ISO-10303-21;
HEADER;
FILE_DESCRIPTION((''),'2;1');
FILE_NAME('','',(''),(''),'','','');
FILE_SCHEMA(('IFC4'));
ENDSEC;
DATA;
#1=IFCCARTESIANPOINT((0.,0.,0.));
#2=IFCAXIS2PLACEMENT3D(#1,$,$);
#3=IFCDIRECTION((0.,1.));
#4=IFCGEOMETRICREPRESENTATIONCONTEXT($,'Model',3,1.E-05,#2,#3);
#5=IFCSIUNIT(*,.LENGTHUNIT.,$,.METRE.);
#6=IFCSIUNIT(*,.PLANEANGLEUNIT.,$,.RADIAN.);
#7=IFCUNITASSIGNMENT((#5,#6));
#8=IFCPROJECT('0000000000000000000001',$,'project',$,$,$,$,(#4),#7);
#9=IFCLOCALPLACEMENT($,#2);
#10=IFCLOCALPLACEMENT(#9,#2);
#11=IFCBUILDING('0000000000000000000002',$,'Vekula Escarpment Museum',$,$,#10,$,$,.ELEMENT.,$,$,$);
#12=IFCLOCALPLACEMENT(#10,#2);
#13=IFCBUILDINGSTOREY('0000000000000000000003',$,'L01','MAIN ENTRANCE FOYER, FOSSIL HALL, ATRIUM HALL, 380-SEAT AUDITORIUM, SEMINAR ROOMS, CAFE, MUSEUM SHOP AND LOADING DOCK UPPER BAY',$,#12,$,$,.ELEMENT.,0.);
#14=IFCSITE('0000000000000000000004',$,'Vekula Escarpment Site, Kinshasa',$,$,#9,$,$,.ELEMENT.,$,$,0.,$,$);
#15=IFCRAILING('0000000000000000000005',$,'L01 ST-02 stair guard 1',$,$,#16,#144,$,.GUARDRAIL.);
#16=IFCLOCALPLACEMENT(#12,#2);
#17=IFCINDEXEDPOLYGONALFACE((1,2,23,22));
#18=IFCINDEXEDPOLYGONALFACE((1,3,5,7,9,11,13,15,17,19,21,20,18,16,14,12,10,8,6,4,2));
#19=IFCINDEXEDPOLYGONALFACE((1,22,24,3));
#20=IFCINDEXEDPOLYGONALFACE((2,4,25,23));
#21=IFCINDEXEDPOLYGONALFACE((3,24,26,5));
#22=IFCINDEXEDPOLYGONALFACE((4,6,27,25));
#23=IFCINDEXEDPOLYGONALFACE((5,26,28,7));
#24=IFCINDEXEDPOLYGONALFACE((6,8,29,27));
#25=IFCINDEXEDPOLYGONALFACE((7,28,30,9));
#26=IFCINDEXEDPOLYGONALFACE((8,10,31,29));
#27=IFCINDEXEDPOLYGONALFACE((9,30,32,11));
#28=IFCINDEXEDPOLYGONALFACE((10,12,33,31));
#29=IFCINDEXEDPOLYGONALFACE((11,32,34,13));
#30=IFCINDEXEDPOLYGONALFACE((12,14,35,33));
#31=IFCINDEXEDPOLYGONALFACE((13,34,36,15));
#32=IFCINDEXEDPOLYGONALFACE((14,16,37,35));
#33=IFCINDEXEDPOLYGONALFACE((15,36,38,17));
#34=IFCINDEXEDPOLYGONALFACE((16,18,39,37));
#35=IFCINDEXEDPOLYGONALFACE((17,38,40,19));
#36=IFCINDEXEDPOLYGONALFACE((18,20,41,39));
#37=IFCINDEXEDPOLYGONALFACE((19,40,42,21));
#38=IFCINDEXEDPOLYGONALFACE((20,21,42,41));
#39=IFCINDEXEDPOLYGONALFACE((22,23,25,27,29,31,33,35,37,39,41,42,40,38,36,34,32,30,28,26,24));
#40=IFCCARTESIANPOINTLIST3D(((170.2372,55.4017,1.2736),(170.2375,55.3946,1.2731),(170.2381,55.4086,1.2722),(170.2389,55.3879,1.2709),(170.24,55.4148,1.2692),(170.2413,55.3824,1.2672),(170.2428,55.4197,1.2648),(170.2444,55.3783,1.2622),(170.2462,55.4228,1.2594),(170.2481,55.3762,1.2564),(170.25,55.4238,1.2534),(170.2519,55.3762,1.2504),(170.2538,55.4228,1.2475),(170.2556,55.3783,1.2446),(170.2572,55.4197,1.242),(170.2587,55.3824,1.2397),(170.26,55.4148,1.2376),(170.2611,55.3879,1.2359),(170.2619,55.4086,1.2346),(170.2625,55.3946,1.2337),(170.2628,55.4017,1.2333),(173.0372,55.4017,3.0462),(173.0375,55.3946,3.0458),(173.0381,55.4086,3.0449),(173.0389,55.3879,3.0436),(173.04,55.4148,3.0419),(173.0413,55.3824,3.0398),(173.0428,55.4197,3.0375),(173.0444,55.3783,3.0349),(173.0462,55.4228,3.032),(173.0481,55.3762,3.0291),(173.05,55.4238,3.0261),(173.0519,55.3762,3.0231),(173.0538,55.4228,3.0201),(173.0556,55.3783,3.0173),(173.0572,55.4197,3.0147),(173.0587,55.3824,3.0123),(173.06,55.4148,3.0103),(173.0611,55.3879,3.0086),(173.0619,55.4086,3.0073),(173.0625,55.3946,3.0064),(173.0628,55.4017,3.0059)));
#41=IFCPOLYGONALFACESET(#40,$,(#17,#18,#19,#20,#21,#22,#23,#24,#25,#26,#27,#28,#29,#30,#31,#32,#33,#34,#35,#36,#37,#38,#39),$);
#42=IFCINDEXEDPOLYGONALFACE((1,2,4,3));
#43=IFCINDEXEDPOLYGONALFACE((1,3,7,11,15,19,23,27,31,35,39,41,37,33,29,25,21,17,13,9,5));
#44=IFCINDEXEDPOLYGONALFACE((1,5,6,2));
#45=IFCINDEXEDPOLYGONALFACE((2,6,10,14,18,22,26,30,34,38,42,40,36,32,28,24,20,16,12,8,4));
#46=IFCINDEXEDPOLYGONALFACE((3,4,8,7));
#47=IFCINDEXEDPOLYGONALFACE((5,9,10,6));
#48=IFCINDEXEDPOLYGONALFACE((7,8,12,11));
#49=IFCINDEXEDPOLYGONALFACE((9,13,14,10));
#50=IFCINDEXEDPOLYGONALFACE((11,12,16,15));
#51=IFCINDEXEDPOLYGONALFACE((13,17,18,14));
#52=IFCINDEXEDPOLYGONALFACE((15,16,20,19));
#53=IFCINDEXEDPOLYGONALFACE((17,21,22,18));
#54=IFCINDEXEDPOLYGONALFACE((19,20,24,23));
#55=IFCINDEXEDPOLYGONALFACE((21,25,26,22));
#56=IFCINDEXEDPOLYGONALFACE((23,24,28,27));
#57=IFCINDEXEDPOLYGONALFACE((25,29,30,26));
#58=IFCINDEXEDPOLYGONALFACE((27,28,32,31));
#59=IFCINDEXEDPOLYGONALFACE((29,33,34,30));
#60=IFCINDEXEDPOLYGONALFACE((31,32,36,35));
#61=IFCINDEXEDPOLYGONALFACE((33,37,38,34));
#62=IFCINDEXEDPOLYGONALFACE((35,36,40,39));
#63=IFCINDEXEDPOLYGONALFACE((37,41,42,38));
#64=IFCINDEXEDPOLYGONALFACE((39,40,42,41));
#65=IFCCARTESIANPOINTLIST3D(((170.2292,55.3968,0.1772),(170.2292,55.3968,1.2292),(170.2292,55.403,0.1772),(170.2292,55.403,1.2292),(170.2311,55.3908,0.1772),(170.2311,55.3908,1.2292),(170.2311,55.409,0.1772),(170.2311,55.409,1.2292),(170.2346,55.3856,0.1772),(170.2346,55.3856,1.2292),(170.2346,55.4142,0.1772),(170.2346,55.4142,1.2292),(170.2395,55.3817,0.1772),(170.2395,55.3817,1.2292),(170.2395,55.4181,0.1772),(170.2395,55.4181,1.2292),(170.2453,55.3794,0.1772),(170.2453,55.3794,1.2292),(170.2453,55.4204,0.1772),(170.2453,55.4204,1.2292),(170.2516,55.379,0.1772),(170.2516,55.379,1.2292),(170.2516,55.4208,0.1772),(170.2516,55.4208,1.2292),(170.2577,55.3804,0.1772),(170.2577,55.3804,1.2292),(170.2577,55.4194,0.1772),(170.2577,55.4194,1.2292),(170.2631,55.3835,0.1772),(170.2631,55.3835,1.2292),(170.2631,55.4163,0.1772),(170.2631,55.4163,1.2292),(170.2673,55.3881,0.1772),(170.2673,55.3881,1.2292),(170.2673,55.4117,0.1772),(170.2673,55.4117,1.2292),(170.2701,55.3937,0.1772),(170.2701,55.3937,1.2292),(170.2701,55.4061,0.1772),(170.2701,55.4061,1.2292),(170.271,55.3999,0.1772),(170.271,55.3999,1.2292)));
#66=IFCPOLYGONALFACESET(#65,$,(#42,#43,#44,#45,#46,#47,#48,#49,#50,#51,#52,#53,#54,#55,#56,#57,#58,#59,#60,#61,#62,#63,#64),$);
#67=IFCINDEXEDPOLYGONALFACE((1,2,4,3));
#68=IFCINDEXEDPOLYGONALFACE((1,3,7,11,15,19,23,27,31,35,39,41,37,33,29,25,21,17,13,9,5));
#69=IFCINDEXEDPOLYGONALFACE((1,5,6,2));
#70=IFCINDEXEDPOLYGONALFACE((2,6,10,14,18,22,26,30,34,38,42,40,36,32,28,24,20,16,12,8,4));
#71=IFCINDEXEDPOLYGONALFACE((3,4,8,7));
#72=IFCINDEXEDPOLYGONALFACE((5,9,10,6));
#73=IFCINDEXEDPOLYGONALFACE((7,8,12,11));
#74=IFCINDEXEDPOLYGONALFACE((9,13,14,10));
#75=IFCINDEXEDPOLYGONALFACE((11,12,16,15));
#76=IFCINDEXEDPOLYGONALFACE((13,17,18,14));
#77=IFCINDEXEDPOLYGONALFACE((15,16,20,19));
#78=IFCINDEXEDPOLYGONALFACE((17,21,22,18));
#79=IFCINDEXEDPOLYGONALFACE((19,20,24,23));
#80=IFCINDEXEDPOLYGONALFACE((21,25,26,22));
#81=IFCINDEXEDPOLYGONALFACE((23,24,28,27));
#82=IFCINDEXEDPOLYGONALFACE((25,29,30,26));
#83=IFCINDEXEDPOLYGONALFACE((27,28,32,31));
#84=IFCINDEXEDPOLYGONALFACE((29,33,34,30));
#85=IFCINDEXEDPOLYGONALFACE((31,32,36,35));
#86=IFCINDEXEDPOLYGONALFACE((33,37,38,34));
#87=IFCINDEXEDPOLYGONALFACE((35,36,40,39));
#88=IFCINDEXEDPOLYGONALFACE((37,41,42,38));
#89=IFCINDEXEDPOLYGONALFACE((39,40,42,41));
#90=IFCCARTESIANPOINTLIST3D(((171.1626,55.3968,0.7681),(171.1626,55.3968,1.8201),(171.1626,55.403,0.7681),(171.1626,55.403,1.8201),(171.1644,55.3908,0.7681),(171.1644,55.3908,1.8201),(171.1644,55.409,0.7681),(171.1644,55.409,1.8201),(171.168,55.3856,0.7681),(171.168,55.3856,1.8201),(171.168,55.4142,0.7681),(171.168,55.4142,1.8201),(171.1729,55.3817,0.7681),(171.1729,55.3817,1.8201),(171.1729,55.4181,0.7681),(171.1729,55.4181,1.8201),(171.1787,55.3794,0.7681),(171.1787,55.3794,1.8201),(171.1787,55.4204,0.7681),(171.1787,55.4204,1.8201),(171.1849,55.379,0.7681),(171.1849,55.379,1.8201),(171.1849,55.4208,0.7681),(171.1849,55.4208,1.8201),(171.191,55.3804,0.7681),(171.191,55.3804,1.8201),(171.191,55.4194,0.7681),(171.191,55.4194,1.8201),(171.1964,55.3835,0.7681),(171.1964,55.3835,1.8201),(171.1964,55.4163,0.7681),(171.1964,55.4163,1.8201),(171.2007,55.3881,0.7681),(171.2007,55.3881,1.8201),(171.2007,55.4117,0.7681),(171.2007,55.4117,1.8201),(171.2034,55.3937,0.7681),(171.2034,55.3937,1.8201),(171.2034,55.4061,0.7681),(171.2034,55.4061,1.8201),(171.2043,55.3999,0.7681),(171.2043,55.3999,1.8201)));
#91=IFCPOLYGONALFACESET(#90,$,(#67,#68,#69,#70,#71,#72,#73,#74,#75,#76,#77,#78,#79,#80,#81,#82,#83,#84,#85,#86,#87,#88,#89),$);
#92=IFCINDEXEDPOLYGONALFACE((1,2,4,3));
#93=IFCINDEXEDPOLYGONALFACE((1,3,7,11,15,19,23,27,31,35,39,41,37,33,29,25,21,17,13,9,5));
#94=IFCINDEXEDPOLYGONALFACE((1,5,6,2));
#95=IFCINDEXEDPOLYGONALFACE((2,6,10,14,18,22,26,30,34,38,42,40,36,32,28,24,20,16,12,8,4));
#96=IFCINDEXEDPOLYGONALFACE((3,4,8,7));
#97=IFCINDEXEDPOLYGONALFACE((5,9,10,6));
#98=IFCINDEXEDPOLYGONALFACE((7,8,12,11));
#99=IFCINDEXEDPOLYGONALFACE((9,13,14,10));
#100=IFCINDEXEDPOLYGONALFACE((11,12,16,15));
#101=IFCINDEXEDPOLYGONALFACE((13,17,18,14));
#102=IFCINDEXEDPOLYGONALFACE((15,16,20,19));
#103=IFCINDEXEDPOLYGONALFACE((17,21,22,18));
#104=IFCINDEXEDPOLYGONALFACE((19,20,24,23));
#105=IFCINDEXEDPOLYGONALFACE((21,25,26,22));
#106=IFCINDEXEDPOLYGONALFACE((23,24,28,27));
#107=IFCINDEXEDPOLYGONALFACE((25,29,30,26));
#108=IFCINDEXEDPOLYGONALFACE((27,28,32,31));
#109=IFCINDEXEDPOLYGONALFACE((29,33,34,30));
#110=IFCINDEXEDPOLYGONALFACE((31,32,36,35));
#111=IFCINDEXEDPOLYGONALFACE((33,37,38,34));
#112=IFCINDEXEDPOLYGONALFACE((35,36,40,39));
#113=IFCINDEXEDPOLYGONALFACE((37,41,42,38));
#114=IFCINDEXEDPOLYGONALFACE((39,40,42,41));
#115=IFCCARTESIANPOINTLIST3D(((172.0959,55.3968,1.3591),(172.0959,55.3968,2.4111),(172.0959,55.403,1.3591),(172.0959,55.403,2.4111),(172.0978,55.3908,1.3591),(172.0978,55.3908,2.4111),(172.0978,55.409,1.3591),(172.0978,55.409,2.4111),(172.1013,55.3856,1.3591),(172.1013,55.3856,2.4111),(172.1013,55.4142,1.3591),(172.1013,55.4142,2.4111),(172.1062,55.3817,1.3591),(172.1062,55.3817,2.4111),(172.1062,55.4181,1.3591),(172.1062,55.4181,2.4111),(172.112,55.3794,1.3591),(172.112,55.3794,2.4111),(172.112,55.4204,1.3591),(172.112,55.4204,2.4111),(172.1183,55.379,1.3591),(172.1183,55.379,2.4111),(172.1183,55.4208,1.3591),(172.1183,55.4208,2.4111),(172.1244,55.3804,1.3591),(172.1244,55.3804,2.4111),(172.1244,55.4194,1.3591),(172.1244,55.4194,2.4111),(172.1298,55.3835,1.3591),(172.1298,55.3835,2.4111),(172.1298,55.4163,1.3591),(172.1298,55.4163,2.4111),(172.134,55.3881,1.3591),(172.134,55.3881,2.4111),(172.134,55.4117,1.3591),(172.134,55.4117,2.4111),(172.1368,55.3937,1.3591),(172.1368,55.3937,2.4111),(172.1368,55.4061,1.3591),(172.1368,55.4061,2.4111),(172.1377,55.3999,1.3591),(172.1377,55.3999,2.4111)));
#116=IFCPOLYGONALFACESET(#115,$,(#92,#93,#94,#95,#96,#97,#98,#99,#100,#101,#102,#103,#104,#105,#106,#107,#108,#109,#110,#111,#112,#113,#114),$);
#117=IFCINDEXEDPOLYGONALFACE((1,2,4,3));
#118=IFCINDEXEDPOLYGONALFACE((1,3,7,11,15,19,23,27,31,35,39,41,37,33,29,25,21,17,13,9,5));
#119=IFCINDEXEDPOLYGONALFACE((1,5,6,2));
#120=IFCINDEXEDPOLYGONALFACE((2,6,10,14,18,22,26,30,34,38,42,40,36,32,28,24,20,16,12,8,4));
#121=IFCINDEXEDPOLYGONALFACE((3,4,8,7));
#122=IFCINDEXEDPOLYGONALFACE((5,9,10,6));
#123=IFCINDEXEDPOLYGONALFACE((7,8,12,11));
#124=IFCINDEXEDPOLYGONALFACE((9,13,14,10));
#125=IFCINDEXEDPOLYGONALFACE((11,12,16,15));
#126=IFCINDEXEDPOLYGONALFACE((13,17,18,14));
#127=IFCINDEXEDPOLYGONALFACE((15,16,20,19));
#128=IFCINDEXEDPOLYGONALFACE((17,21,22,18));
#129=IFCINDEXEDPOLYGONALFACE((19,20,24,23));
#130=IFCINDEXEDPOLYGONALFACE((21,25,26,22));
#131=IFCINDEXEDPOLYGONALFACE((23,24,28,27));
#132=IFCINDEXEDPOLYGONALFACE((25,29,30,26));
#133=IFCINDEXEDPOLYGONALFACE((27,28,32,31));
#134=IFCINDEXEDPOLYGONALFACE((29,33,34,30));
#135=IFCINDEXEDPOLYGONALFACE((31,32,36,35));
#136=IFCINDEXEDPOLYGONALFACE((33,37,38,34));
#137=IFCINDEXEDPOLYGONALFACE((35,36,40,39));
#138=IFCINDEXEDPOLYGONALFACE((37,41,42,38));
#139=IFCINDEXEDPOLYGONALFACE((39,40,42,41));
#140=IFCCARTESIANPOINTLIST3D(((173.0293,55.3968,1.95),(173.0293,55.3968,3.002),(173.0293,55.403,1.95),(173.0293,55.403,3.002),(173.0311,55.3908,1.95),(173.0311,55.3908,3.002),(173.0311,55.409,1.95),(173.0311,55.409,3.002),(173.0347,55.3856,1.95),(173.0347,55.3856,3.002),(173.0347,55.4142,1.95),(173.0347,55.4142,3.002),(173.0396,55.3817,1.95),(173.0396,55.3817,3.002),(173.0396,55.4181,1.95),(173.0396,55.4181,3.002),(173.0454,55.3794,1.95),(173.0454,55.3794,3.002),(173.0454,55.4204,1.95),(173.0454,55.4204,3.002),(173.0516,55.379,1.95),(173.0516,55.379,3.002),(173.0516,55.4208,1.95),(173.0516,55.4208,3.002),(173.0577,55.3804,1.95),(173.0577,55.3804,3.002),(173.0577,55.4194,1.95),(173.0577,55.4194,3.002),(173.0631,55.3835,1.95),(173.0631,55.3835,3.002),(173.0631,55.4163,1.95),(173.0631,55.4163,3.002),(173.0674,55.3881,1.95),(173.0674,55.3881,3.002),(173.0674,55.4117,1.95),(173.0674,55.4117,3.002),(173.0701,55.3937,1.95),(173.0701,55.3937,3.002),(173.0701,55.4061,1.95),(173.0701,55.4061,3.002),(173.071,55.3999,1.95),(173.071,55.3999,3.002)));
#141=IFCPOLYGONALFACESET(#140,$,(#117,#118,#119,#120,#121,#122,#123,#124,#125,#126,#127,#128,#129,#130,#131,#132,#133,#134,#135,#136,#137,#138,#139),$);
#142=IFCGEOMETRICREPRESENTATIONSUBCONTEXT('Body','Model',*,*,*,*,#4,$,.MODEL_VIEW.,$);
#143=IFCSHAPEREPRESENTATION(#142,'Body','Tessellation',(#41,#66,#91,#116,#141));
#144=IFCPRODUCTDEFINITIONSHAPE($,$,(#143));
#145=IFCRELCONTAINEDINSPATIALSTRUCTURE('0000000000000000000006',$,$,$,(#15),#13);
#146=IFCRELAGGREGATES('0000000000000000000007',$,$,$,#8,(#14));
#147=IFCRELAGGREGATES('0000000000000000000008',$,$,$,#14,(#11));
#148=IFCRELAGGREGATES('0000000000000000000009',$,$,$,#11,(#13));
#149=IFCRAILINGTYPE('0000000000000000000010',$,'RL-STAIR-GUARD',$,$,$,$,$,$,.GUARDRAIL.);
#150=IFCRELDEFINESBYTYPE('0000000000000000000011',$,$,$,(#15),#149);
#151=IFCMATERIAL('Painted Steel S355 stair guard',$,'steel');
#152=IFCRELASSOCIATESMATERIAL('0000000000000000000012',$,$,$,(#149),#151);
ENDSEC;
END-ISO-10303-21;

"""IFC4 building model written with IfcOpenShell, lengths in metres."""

from ifc_helpers import new_model, si_unit, direction, frame, origin, origin_2d, place, context, subcontext, project, spatial, circle, extrude, material, type_object, element, save


model = new_model("IFC4")

# Units and contexts
model_context = context("Model", 3, precision=1e-05, world=origin(), true_north=direction((0.0, 1.0)))
body_context = subcontext(model_context, "Body", "Model", "MODEL_VIEW")
ifc_project = project(units=[si_unit("LENGTHUNIT", "METRE"), si_unit("PLANEANGLEUNIT", "RADIAN")], contexts=[model_context])

# Site, building, storey
site_placement = place(None, origin())
site = spatial("IfcSite", under=ifc_project, at=site_placement, Name="Vekula Escarpment Site, Kinshasa", CompositionType="ELEMENT", RefElevation=0.0)
building_placement = place(site_placement, origin())
building = spatial("IfcBuilding", under=site, at=building_placement, Name="Vekula Escarpment Museum", CompositionType="ELEMENT")
storey_placement = place(building_placement, origin())
storey = spatial("IfcBuildingStorey", under=building, at=storey_placement, Name="L01", Description="MAIN ENTRANCE FOYER, FOSSIL HALL, ATRIUM HALL, 380-SEAT AUDITORIUM, SEMINAR ROOMS, CAFE, MUSEUM SHOP AND LOADING DOCK UPPER BAY", CompositionType="ELEMENT", Elevation=0.0)

# Railing
ifc_material_1 = material(Name="Painted Steel S355 stair guard", Category="steel")
railing_type_1 = type_object("IfcRailingType", Name="RL-STAIR-GUARD", PredefinedType="GUARDRAIL", material=ifc_material_1)
railing_1_placement = place(storey_placement, frame((170.25, 55.3999, 0.1772)))
element("IfcRailing", 1, at=railing_1_placement, inside=storey, type_object=railing_type_1, Name="L01 ST-02 stair guard 1", PredefinedType="GUARDRAIL", context=body_context, shape_type="SweptSolid", body=[
    extrude(circle(Radius=0.0239, at=origin_2d()), frame((0.0, 0.0, 1.0762), z_axis=(0.844909, 0.0, 0.53491), x_axis=(0.0, 1.0, 0.0)), (0.0, 0.0, 1.0), 3.314),
    extrude(circle(Radius=0.021, at=origin_2d()), origin(), (0.0, 0.0, 1.0), 1.052),
    extrude(circle(Radius=0.021, at=origin_2d()), frame((0.9333, 0.0, 0.5908)), (0.0, 0.0, 1.0), 1.052),
    extrude(circle(Radius=0.021, at=origin_2d()), frame((1.8667, 0.0, 1.1819)), (0.0, 0.0, 1.0), 1.052),
    extrude(circle(Radius=0.021, at=origin_2d()), frame((2.8, 0.0, 1.7727)), (0.0, 0.0, 1.0), 1.052),
])

save(model, "model.ifc")
